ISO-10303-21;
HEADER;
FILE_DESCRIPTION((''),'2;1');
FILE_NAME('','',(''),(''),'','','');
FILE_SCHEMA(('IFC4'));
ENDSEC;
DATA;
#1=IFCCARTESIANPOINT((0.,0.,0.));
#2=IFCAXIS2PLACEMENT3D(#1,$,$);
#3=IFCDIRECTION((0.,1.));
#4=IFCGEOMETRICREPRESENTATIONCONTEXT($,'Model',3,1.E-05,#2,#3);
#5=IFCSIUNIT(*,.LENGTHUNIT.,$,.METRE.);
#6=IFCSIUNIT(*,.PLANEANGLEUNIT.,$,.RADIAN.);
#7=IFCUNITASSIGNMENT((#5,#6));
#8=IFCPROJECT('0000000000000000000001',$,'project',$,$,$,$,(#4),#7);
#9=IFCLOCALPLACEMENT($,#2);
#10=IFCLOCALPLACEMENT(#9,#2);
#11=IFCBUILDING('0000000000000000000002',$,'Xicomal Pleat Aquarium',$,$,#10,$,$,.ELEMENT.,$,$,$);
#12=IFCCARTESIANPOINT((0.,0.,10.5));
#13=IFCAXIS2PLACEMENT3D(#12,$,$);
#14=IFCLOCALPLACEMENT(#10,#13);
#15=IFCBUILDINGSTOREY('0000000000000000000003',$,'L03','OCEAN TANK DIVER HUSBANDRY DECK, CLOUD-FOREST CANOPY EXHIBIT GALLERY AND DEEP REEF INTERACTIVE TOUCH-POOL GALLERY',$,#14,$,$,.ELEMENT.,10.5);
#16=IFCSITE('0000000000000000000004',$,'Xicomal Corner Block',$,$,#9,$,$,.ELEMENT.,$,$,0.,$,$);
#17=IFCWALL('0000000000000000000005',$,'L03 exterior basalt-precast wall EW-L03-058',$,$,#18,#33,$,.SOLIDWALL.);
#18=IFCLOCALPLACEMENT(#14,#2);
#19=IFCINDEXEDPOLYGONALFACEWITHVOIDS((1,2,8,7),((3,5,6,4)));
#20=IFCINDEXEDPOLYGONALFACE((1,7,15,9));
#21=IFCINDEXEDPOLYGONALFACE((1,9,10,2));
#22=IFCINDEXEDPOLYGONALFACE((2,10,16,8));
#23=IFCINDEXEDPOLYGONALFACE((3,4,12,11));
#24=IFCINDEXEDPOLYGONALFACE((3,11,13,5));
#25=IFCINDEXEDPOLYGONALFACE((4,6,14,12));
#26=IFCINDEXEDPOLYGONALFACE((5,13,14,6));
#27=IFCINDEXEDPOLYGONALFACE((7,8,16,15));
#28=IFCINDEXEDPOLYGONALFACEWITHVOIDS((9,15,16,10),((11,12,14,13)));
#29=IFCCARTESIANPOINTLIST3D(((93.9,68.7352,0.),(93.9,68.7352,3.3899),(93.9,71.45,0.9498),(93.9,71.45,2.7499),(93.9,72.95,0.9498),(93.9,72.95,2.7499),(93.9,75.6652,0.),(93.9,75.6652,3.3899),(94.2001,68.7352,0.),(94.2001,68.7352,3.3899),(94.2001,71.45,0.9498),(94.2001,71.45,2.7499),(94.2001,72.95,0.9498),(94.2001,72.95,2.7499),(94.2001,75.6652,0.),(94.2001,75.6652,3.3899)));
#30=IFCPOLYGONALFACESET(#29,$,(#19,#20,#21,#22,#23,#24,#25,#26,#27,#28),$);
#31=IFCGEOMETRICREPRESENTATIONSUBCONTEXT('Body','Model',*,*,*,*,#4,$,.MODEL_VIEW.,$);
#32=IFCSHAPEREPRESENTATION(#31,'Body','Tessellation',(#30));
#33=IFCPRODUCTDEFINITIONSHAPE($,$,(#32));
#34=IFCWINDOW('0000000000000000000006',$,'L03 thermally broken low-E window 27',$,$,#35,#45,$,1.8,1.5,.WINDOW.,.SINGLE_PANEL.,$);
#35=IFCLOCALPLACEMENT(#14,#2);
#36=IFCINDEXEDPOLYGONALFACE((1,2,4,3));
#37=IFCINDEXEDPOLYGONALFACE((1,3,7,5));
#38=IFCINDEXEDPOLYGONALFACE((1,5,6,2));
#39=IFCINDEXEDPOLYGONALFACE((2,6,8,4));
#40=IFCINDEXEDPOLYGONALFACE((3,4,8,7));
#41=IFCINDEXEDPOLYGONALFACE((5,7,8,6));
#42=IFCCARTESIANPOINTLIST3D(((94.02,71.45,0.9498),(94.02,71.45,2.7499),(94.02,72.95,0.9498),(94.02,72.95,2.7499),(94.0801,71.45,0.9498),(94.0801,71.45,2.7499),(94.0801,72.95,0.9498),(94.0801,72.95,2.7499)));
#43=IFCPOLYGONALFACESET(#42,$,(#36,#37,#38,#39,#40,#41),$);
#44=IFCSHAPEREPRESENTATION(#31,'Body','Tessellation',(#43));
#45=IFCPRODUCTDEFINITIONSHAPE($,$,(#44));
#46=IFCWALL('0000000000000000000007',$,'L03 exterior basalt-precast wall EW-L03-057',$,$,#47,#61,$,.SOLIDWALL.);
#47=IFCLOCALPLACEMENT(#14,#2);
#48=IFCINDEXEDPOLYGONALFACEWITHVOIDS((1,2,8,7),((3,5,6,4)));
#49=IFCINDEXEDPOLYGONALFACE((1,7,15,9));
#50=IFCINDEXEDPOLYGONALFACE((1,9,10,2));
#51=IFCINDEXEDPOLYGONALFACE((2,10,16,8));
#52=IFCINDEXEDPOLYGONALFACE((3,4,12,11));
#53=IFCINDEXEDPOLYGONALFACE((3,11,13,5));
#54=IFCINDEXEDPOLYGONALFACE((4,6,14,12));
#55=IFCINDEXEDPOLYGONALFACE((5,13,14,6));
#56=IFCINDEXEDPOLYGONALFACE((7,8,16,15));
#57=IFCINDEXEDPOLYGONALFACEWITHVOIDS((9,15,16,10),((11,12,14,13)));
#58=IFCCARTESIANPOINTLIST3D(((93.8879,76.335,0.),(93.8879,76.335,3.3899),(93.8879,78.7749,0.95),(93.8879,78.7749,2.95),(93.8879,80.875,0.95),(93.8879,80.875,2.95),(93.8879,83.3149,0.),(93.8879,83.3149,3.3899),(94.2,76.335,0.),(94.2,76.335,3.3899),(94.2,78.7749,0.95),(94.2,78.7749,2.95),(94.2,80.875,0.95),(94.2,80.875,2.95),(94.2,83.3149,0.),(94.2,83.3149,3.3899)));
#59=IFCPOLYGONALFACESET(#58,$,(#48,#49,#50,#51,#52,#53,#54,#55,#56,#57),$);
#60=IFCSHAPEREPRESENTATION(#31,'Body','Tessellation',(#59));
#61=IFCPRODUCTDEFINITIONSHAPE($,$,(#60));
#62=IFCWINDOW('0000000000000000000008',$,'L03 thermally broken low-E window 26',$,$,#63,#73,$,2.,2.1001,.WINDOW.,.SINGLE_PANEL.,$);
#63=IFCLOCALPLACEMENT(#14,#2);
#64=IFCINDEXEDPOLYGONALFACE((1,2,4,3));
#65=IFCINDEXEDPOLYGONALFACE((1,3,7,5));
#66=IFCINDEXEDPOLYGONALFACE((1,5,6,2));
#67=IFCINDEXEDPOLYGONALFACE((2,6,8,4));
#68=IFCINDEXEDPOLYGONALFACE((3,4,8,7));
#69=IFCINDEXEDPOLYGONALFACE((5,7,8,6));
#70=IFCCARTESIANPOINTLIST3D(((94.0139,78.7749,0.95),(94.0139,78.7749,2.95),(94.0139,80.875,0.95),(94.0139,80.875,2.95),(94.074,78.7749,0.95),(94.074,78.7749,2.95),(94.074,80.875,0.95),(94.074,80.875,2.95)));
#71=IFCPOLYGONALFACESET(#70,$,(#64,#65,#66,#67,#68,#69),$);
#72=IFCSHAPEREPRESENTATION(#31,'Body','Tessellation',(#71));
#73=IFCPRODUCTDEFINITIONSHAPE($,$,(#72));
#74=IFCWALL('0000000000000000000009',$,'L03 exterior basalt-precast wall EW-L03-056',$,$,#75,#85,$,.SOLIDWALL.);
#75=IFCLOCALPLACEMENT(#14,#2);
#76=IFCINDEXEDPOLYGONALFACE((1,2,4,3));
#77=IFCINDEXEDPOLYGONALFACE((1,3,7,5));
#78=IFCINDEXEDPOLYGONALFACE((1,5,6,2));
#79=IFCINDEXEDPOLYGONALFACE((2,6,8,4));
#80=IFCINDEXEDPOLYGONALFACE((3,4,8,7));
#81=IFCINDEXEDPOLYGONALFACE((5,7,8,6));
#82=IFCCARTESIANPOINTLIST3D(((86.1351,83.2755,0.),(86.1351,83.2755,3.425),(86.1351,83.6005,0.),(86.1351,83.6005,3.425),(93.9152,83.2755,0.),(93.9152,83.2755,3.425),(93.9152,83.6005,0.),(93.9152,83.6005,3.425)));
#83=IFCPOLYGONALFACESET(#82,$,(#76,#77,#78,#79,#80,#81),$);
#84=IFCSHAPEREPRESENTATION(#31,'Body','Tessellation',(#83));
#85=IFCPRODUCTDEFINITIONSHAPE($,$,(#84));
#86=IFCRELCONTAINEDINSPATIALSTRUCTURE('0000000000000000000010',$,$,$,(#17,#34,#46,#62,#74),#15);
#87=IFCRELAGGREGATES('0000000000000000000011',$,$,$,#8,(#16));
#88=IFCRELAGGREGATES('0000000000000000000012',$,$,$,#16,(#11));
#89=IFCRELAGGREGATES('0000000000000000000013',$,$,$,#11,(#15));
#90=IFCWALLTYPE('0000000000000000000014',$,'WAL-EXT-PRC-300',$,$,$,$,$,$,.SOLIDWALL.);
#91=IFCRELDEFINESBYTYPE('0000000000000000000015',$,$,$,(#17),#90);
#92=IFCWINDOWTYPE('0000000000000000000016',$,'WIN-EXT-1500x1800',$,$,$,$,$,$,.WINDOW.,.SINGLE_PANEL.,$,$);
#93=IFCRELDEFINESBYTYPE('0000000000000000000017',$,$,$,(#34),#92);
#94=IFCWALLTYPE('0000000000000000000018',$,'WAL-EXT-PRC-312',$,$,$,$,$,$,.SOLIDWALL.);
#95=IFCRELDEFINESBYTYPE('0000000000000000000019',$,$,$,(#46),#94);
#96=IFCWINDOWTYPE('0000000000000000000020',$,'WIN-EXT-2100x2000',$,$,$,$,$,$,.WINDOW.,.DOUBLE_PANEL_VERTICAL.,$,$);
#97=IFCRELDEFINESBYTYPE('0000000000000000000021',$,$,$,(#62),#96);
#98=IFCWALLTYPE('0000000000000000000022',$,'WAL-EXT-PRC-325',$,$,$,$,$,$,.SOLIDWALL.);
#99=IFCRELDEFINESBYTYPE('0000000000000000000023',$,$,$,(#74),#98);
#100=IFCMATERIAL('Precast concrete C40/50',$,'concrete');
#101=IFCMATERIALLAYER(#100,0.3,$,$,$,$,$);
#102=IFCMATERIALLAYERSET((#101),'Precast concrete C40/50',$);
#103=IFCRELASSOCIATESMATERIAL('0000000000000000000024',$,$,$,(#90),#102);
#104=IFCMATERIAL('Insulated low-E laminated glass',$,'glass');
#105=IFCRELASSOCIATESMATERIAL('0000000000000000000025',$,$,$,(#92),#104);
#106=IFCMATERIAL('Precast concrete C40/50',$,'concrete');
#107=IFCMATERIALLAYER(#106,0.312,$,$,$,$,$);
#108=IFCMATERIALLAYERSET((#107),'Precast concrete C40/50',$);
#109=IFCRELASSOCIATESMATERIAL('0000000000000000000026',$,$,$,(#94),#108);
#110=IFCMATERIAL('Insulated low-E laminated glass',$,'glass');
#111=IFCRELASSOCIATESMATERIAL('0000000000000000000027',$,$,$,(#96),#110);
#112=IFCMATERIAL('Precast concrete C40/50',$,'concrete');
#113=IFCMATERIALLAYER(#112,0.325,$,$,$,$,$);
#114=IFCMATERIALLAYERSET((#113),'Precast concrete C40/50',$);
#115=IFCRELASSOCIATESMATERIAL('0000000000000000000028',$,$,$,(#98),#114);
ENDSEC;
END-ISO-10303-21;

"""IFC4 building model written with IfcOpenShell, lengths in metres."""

from ifc_helpers import new_model, si_unit, direction, frame, frame_2d, origin, place, context, subcontext, project, spatial, rectangle, extrude, material, layer, layer_set, type_object, element, fill, save


model = new_model("IFC4")

# Units and contexts
model_context = context("Model", 3, precision=1e-05, world=origin(), true_north=direction((0.0, 1.0)))
body_context = subcontext(model_context, "Body", "Model", "MODEL_VIEW")
ifc_project = project(units=[si_unit("LENGTHUNIT", "METRE"), si_unit("PLANEANGLEUNIT", "RADIAN")], contexts=[model_context])

# Site, building, storey
site_placement = place(None, origin())
site = spatial("IfcSite", under=ifc_project, at=site_placement, Name="Xicomal Corner Block", CompositionType="ELEMENT", RefElevation=0.0)
building_placement = place(site_placement, origin())
building = spatial("IfcBuilding", under=site, at=building_placement, Name="Xicomal Pleat Aquarium", CompositionType="ELEMENT")
storey_placement = place(building_placement, frame((0.0, 0.0, 10.5)))
storey = spatial("IfcBuildingStorey", under=building, at=storey_placement, Name="L03", Description="OCEAN TANK DIVER HUSBANDRY DECK, CLOUD-FOREST CANOPY EXHIBIT GALLERY AND DEEP REEF INTERACTIVE TOUCH-POOL GALLERY", CompositionType="ELEMENT", Elevation=10.5)

# Walls, openings, windows
ifc_material_1 = material(Name="Precast concrete C40/50", Category="concrete")
ifc_layer_1 = layer(ifc_material_1, 0.3)
ifc_layer_set_1 = layer_set([ifc_layer_1], Name="Precast concrete C40/50")
wall_type_1 = type_object("IfcWallType", Name="WAL-EXT-PRC-300", PredefinedType="SOLIDWALL", material=ifc_layer_set_1)
wall_1_placement = place(storey_placement, frame((94.05, 75.665, 0.0), z_axis=(0.0, 0.0, 1.0), x_axis=(0.0, -1.0, 0.0)))
wall_1 = element("IfcWall", 1, at=wall_1_placement, inside=storey, type_object=wall_type_1, Name="L03 exterior basalt-precast wall EW-L03-058", PredefinedType="SOLIDWALL", context=body_context, shape_type="SweptSolid", body=[
    extrude(rectangle(XDim=6.9299, YDim=0.3, at=frame_2d((3.4648, 0.0))), origin(), (0.0, 0.0, 1.0), 3.3899),
])
opening_1_placement = place(wall_1_placement, frame((2.7151, 0.0, 0.95)))
opening_1 = element("IfcOpeningElement", 2, at=opening_1_placement, cuts=wall_1, PredefinedType="OPENING", context=body_context, shape_type="SweptSolid", body=[
    extrude(rectangle(XDim=1.5, YDim=1.8, at=frame_2d((0.75, 0.8999))), frame((0.0, 0.1599, 0.0), z_axis=(0.0, -1.0, 0.0), x_axis=(1.0, 0.0, 0.0)), (0.0, 0.0, 1.0), 0.3201),
])
ifc_material_2 = material(Name="Insulated low-E laminated glass", Category="glass")
window_type_1 = type_object("IfcWindowType", Name="WIN-EXT-1500x1800", PartitioningType="SINGLE_PANEL", PredefinedType="WINDOW", material=ifc_material_2)
window_1_placement = place(opening_1_placement, origin())
window_1 = element("IfcWindow", 3, at=window_1_placement, inside=storey, type_object=window_type_1, Name="L03 thermally broken low-E window 27", OverallHeight=1.8, OverallWidth=1.5, PartitioningType="SINGLE_PANEL", PredefinedType="WINDOW", context=body_context, shape_type="SweptSolid", body=[
    extrude(rectangle(XDim=1.5, YDim=1.8, at=frame_2d((0.75, 0.8999))), frame((0.0, 0.03, 0.0), z_axis=(0.0, -1.0, 0.0), x_axis=(1.0, 0.0, 0.0)), (0.0, 0.0, 1.0), 0.0601),
])
fill(opening_1, window_1)
ifc_material_3 = material(Name="Precast concrete C40/50", Category="concrete")
ifc_layer_2 = layer(ifc_material_3, 0.312)
ifc_layer_set_2 = layer_set([ifc_layer_2], Name="Precast concrete C40/50")
wall_type_2 = type_object("IfcWallType", Name="WAL-EXT-PRC-312", PredefinedType="SOLIDWALL", material=ifc_layer_set_2)
wall_2_placement = place(storey_placement, frame((94.0439, 83.3149, 0.0), z_axis=(0.0, 0.0, 1.0), x_axis=(0.0, -1.0, 0.0)))
wall_2 = element("IfcWall", 4, at=wall_2_placement, inside=storey, type_object=wall_type_2, Name="L03 exterior basalt-precast wall EW-L03-057", PredefinedType="SOLIDWALL", context=body_context, shape_type="SweptSolid", body=[
    extrude(rectangle(XDim=6.98, YDim=0.312, at=frame_2d((3.49, 0.0))), origin(), (0.0, 0.0, 1.0), 3.3899),
])
opening_2_placement = place(wall_2_placement, frame((2.4399, 0.0, 0.95)))
opening_2 = element("IfcOpeningElement", 5, at=opening_2_placement, cuts=wall_2, PredefinedType="OPENING", context=body_context, shape_type="SweptSolid", body=[
    extrude(rectangle(XDim=2.1001, YDim=2.0, at=frame_2d((1.05, 1.0))), frame((0.0, 0.166, 0.0), z_axis=(0.0, -1.0, 0.0), x_axis=(1.0, 0.0, 0.0)), (0.0, 0.0, 1.0), 0.332),
])
ifc_material_4 = material(Name="Insulated low-E laminated glass", Category="glass")
window_type_2 = type_object("IfcWindowType", Name="WIN-EXT-2100x2000", PartitioningType="DOUBLE_PANEL_VERTICAL", PredefinedType="WINDOW", material=ifc_material_4)
window_2_placement = place(opening_2_placement, origin())
window_2 = element("IfcWindow", 6, at=window_2_placement, inside=storey, type_object=window_type_2, Name="L03 thermally broken low-E window 26", OverallHeight=2.0, OverallWidth=2.1001, PartitioningType="SINGLE_PANEL", PredefinedType="WINDOW", context=body_context, shape_type="SweptSolid", body=[
    extrude(rectangle(XDim=2.1001, YDim=2.0, at=frame_2d((1.05, 1.0))), frame((0.0, 0.03, 0.0), z_axis=(0.0, -1.0, 0.0), x_axis=(1.0, 0.0, 0.0)), (0.0, 0.0, 1.0), 0.0601),
])
fill(opening_2, window_2)

# Wall
ifc_material_5 = material(Name="Precast concrete C40/50", Category="concrete")
ifc_layer_3 = layer(ifc_material_5, 0.325)
ifc_layer_set_3 = layer_set([ifc_layer_3], Name="Precast concrete C40/50")
wall_type_3 = type_object("IfcWallType", Name="WAL-EXT-PRC-325", PredefinedType="SOLIDWALL", material=ifc_layer_set_3)
wall_3_placement = place(storey_placement, frame((86.135, 83.438, 0.0), z_axis=(0.0, 0.0, 1.0), x_axis=(1.0, 0.0, 0.0)))
element("IfcWall", 7, at=wall_3_placement, inside=storey, type_object=wall_type_3, Name="L03 exterior basalt-precast wall EW-L03-056", PredefinedType="SOLIDWALL", context=body_context, shape_type="SweptSolid", body=[
    extrude(rectangle(XDim=7.78, YDim=0.325, at=frame_2d((3.8901, 0.0))), origin(), (0.0, 0.0, 1.0), 3.425),
])

save(model, "model.ifc")
